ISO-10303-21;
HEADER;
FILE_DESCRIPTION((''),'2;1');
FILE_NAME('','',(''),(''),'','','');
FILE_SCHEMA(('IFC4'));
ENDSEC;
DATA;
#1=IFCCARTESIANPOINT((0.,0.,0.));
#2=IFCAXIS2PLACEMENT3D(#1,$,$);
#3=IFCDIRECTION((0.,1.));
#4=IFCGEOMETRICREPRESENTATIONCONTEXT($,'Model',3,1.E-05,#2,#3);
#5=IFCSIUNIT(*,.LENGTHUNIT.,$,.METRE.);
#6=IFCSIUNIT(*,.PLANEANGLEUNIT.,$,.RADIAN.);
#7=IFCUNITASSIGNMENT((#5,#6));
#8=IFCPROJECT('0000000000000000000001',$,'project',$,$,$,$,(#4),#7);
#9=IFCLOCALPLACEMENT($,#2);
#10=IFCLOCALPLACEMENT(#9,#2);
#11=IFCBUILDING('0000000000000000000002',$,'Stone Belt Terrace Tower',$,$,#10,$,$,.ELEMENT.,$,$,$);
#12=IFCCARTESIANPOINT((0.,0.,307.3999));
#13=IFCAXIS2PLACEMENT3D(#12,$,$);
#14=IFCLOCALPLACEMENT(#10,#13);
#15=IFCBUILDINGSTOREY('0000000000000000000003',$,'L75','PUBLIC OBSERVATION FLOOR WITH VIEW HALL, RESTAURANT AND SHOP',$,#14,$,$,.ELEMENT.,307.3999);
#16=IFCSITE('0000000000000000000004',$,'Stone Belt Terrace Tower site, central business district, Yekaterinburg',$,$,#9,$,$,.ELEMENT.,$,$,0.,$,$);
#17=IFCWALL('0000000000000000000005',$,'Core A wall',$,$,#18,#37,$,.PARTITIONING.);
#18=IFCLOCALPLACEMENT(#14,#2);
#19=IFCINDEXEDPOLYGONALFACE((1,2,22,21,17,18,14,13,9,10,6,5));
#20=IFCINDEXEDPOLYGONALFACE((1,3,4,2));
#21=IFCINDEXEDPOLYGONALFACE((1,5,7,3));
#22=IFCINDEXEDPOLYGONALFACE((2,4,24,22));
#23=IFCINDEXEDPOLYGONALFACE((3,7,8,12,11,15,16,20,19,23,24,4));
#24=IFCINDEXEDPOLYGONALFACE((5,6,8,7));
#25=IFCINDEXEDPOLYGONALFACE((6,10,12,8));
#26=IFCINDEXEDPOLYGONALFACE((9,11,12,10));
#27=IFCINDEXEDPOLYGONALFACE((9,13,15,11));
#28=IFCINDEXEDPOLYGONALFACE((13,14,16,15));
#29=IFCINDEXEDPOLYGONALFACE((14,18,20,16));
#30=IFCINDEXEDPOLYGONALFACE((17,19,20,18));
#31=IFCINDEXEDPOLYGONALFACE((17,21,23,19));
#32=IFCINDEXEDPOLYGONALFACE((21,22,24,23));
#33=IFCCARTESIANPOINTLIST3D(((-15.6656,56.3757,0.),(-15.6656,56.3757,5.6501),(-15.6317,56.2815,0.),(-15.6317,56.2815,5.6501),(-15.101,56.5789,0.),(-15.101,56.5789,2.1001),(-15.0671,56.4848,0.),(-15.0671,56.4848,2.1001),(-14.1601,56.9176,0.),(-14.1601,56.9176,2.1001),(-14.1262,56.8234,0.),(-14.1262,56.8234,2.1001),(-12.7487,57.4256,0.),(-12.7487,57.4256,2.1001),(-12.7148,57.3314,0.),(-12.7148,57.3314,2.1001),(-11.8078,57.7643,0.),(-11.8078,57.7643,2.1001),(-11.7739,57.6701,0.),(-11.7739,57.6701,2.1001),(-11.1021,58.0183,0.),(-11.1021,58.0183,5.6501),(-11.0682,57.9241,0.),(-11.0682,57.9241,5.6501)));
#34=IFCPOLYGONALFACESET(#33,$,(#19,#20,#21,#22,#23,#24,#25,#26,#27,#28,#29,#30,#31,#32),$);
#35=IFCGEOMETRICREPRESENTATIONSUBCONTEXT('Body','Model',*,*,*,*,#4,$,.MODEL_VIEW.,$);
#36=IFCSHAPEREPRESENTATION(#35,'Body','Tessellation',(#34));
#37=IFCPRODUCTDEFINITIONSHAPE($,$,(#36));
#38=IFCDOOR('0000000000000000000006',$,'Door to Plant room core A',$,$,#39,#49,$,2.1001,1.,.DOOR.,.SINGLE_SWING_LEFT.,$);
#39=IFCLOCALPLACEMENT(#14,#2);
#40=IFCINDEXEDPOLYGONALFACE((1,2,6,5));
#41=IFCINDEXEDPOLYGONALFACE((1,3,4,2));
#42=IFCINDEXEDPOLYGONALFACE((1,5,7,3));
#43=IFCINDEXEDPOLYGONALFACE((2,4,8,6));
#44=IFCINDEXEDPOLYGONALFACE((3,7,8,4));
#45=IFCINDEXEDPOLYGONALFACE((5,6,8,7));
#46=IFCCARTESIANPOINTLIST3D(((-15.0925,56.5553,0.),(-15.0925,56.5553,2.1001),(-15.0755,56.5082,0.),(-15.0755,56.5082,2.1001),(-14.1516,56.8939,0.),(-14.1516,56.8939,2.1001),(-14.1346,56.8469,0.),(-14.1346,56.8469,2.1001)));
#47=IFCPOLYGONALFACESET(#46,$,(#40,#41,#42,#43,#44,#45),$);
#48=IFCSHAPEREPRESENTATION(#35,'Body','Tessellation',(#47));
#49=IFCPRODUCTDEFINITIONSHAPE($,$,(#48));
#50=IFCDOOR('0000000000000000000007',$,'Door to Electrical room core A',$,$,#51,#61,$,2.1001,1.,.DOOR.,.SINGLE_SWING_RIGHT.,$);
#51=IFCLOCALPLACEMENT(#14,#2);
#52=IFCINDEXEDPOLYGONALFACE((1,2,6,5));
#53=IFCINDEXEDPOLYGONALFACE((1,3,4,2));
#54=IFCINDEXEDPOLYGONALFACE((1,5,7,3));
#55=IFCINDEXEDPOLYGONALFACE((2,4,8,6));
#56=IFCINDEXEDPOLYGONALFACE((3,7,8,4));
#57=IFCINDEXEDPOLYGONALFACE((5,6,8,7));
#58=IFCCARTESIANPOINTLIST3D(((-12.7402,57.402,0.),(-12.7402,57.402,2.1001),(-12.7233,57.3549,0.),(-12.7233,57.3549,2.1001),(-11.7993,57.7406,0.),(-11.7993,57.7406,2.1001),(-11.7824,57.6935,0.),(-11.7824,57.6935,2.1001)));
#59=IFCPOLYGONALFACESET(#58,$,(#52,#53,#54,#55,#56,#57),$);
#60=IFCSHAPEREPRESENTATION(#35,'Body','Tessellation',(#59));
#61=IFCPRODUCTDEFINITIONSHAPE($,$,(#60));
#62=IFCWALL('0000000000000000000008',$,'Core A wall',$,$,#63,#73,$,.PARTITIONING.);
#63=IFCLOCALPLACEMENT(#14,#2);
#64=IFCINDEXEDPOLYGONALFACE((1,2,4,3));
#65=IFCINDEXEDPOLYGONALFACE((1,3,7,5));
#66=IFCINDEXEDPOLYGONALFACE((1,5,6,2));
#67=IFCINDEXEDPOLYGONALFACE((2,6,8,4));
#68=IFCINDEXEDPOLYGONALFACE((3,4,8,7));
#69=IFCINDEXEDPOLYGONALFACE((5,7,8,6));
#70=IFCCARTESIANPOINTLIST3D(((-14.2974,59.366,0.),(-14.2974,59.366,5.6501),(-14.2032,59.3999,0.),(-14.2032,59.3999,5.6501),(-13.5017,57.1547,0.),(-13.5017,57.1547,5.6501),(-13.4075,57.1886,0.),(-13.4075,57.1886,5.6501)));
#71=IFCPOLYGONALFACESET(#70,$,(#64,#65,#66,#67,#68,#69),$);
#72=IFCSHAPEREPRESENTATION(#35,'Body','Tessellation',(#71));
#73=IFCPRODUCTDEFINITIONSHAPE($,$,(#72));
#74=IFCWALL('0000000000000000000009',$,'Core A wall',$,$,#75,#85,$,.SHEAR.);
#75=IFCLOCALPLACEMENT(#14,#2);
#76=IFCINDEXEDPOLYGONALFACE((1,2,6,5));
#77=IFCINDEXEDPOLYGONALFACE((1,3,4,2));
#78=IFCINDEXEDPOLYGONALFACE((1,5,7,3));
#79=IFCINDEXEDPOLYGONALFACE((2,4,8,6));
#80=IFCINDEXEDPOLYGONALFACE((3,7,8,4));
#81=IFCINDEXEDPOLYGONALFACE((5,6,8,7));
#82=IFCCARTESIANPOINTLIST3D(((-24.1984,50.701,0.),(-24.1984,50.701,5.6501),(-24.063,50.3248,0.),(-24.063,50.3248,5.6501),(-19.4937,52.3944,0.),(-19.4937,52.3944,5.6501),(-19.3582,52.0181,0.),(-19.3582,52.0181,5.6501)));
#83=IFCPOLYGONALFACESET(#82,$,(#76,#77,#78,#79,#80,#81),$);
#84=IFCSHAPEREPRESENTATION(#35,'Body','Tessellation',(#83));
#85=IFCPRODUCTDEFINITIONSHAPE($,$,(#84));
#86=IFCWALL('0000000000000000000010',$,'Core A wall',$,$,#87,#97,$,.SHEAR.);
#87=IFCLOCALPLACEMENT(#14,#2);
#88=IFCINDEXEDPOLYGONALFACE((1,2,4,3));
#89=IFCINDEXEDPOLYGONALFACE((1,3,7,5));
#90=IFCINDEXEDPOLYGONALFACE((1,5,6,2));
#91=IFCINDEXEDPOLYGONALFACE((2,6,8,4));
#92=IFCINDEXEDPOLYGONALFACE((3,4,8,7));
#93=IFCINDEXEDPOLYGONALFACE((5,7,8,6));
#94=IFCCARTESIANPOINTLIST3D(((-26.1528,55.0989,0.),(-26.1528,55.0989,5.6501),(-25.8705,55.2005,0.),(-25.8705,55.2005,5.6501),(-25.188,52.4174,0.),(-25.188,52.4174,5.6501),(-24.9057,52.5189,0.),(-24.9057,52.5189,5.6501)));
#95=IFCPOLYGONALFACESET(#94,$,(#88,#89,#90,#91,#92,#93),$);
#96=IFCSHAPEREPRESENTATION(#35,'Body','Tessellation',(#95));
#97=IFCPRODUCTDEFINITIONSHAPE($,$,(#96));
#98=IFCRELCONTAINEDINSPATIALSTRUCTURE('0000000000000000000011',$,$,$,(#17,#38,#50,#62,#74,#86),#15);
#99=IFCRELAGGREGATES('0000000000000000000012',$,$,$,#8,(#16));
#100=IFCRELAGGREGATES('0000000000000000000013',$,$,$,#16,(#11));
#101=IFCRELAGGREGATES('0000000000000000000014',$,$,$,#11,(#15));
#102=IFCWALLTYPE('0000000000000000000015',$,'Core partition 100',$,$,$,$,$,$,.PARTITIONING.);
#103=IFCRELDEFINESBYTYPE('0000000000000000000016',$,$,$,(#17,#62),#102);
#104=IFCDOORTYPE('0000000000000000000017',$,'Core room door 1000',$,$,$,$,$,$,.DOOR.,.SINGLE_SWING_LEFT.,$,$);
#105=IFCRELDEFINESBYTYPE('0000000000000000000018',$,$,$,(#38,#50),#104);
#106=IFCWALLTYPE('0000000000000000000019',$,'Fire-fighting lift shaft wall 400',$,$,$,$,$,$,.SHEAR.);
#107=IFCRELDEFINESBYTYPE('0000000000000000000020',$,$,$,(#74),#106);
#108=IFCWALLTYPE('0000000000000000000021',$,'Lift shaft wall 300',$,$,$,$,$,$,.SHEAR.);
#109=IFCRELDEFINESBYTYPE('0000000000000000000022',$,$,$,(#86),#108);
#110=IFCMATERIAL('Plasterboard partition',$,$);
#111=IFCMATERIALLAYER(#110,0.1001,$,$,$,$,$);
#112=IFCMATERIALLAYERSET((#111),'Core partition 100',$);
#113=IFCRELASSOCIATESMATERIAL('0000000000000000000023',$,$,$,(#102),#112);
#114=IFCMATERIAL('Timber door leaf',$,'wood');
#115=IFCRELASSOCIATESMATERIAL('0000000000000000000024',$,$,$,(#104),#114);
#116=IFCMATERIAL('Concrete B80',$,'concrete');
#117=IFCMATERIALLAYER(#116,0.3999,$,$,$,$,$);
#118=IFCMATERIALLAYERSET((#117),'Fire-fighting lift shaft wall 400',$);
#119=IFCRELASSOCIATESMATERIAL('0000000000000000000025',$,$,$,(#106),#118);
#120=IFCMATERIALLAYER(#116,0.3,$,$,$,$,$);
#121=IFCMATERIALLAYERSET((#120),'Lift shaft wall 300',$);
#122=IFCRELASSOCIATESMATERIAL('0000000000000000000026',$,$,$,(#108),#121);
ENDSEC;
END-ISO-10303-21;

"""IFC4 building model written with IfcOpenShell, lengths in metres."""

from ifc_helpers import new_model, si_unit, direction, frame, frame_2d, origin, place, context, subcontext, project, spatial, rectangle, extrude, material, layer, layer_set, type_object, element, fill, save


model = new_model("IFC4")

# Units and contexts
model_context = context("Model", 3, precision=1e-05, world=origin(), true_north=direction((0.0, 1.0)))
body_context = subcontext(model_context, "Body", "Model", "MODEL_VIEW")
ifc_project = project(units=[si_unit("LENGTHUNIT", "METRE"), si_unit("PLANEANGLEUNIT", "RADIAN")], contexts=[model_context])

# Site, building, storey
site_placement = place(None, origin())
site = spatial("IfcSite", under=ifc_project, at=site_placement, Name="Stone Belt Terrace Tower site, central business district, Yekaterinburg", CompositionType="ELEMENT", RefElevation=0.0)
building_placement = place(site_placement, origin())
building = spatial("IfcBuilding", under=site, at=building_placement, Name="Stone Belt Terrace Tower", CompositionType="ELEMENT")
storey_placement = place(building_placement, frame((0.0, 0.0, 307.3999)))
storey = spatial("IfcBuildingStorey", under=building, at=storey_placement, Name="L75", Description="PUBLIC OBSERVATION FLOOR WITH VIEW HALL, RESTAURANT AND SHOP", CompositionType="ELEMENT", Elevation=307.3999)

# Shared definitions
ifc_material_1 = material(Name="Plasterboard partition")
ifc_layer_1 = layer(ifc_material_1, 0.1001)
ifc_layer_set_1 = layer_set([ifc_layer_1], Name="Core partition 100")
wall_type_1 = type_object("IfcWallType", Name="Core partition 100", PredefinedType="PARTITIONING", material=ifc_layer_set_1)
ifc_material_2 = material(Name="Timber door leaf", Category="wood")
door_type_1 = type_object("IfcDoorType", Name="Core room door 1000", OperationType="SINGLE_SWING_LEFT", PredefinedType="DOOR", material=ifc_material_2)

# Wall, openings, doors
wall_1_placement = place(storey_placement, frame((-15.6487, 56.3286, 0.0), z_axis=(0.0, 0.0, 1.0), x_axis=(0.940905, 0.33867, 0.0)))
wall_1 = element("IfcWall", 1, at=wall_1_placement, inside=storey, type_object=wall_type_1, Name="Core A wall", PredefinedType="PARTITIONING", context=body_context, shape_type="SweptSolid", body=[
    extrude(rectangle(XDim=4.8501, YDim=0.1001, at=frame_2d((2.425, 0.0))), origin(), (0.0, 0.0, 1.0), 5.6501),
])
opening_1_placement = place(wall_1_placement, frame((0.6001, 0.0, 0.0)))
opening_1 = element("IfcOpeningElement", 2, at=opening_1_placement, cuts=wall_1, PredefinedType="OPENING", context=body_context, shape_type="SweptSolid", body=[
    extrude(rectangle(XDim=1.0, YDim=2.1001, at=frame_2d((0.5, 1.05))), frame((0.0, 0.0601, 0.0), z_axis=(0.0, -1.0, 0.0), x_axis=(1.0, 0.0, 0.0)), (0.0, 0.0, 1.0), 0.1201),
])
opening_2_placement = place(wall_1_placement, frame((3.1001, 0.0, 0.0)))
opening_2 = element("IfcOpeningElement", 3, at=opening_2_placement, cuts=wall_1, PredefinedType="OPENING", context=body_context, shape_type="SweptSolid", body=[
    extrude(rectangle(XDim=1.0, YDim=2.1001, at=frame_2d((0.5, 1.05))), frame((0.0, 0.0601, 0.0), z_axis=(0.0, -1.0, 0.0), x_axis=(1.0, 0.0, 0.0)), (0.0, 0.0, 1.0), 0.1201),
])
door_1_placement = place(opening_1_placement, origin())
door_1 = element("IfcDoor", 4, at=door_1_placement, inside=storey, type_object=door_type_1, Name="Door to Plant room core A", OperationType="SINGLE_SWING_LEFT", OverallHeight=2.1001, OverallWidth=1.0, PredefinedType="DOOR", context=body_context, shape_type="SweptSolid", body=[
    extrude(rectangle(XDim=1.0, YDim=2.1001, at=frame_2d((0.5, 1.05))), frame((0.0, 0.0249, 0.0), z_axis=(0.0, -1.0, 0.0), x_axis=(1.0, 0.0, 0.0)), (0.0, 0.0, 1.0), 0.05),
])
fill(opening_1, door_1)
door_2_placement = place(opening_2_placement, origin())
door_2 = element("IfcDoor", 5, at=door_2_placement, inside=storey, type_object=door_type_1, Name="Door to Electrical room core A", OperationType="SINGLE_SWING_RIGHT", OverallHeight=2.1001, OverallWidth=1.0, PredefinedType="DOOR", context=body_context, shape_type="SweptSolid", body=[
    extrude(rectangle(XDim=1.0, YDim=2.1001, at=frame_2d((0.5, 1.05))), frame((0.0, 0.0249, 0.0), z_axis=(0.0, -1.0, 0.0), x_axis=(1.0, 0.0, 0.0)), (0.0, 0.0, 1.0), 0.05),
])
fill(opening_2, door_2)

# Walls
wall_2_placement = place(storey_placement, frame((-13.4546, 57.1716, 0.0), z_axis=(0.0, 0.0, 1.0), x_axis=(-0.33858, 0.940938, 0.0)))
element("IfcWall", 6, at=wall_2_placement, inside=storey, type_object=wall_type_1, Name="Core A wall", PredefinedType="PARTITIONING", context=body_context, shape_type="SweptSolid", body=[
    extrude(rectangle(XDim=2.3501, YDim=0.1001, at=frame_2d((1.175, 0.0))), origin(), (0.0, 0.0, 1.0), 5.6501),
])
ifc_material_3 = material(Name="Concrete B80", Category="concrete")
ifc_layer_2 = layer(ifc_material_3, 0.3999)
ifc_layer_set_2 = layer_set([ifc_layer_2], Name="Fire-fighting lift shaft wall 400")
wall_type_2 = type_object("IfcWallType", Name="Fire-fighting lift shaft wall 400", PredefinedType="SHEAR", material=ifc_layer_set_2)
wall_3_placement = place(storey_placement, frame((-24.1306, 50.5129, 0.0), z_axis=(0.0, 0.0, 1.0), x_axis=(0.940912, 0.338652, 0.0)))
element("IfcWall", 7, at=wall_3_placement, inside=storey, type_object=wall_type_2, Name="Core A wall", PredefinedType="SHEAR", context=body_context, shape_type="SweptSolid", body=[
    extrude(rectangle(XDim=5.0002, YDim=0.3999, at=frame_2d((2.5, 0.0))), origin(), (0.0, 0.0, 1.0), 5.6501),
])
ifc_layer_3 = layer(ifc_material_3, 0.3)
ifc_layer_set_3 = layer_set([ifc_layer_3], Name="Lift shaft wall 300")
wall_type_3 = type_object("IfcWallType", Name="Lift shaft wall 300", PredefinedType="SHEAR", material=ifc_layer_set_3)
wall_4_placement = place(storey_placement, frame((-25.0469, 52.4683, 0.0), z_axis=(0.0, 0.0, 1.0), x_axis=(-0.33855, 0.940949, 0.0)))
element("IfcWall", 8, at=wall_4_placement, inside=storey, type_object=wall_type_3, Name="Core A wall", PredefinedType="SHEAR", context=body_context, shape_type="SweptSolid", body=[
    extrude(rectangle(XDim=2.8499, YDim=0.3, at=frame_2d((1.4248, 0.0))), origin(), (0.0, 0.0, 1.0), 5.6501),
])

save(model, "model.ifc")
